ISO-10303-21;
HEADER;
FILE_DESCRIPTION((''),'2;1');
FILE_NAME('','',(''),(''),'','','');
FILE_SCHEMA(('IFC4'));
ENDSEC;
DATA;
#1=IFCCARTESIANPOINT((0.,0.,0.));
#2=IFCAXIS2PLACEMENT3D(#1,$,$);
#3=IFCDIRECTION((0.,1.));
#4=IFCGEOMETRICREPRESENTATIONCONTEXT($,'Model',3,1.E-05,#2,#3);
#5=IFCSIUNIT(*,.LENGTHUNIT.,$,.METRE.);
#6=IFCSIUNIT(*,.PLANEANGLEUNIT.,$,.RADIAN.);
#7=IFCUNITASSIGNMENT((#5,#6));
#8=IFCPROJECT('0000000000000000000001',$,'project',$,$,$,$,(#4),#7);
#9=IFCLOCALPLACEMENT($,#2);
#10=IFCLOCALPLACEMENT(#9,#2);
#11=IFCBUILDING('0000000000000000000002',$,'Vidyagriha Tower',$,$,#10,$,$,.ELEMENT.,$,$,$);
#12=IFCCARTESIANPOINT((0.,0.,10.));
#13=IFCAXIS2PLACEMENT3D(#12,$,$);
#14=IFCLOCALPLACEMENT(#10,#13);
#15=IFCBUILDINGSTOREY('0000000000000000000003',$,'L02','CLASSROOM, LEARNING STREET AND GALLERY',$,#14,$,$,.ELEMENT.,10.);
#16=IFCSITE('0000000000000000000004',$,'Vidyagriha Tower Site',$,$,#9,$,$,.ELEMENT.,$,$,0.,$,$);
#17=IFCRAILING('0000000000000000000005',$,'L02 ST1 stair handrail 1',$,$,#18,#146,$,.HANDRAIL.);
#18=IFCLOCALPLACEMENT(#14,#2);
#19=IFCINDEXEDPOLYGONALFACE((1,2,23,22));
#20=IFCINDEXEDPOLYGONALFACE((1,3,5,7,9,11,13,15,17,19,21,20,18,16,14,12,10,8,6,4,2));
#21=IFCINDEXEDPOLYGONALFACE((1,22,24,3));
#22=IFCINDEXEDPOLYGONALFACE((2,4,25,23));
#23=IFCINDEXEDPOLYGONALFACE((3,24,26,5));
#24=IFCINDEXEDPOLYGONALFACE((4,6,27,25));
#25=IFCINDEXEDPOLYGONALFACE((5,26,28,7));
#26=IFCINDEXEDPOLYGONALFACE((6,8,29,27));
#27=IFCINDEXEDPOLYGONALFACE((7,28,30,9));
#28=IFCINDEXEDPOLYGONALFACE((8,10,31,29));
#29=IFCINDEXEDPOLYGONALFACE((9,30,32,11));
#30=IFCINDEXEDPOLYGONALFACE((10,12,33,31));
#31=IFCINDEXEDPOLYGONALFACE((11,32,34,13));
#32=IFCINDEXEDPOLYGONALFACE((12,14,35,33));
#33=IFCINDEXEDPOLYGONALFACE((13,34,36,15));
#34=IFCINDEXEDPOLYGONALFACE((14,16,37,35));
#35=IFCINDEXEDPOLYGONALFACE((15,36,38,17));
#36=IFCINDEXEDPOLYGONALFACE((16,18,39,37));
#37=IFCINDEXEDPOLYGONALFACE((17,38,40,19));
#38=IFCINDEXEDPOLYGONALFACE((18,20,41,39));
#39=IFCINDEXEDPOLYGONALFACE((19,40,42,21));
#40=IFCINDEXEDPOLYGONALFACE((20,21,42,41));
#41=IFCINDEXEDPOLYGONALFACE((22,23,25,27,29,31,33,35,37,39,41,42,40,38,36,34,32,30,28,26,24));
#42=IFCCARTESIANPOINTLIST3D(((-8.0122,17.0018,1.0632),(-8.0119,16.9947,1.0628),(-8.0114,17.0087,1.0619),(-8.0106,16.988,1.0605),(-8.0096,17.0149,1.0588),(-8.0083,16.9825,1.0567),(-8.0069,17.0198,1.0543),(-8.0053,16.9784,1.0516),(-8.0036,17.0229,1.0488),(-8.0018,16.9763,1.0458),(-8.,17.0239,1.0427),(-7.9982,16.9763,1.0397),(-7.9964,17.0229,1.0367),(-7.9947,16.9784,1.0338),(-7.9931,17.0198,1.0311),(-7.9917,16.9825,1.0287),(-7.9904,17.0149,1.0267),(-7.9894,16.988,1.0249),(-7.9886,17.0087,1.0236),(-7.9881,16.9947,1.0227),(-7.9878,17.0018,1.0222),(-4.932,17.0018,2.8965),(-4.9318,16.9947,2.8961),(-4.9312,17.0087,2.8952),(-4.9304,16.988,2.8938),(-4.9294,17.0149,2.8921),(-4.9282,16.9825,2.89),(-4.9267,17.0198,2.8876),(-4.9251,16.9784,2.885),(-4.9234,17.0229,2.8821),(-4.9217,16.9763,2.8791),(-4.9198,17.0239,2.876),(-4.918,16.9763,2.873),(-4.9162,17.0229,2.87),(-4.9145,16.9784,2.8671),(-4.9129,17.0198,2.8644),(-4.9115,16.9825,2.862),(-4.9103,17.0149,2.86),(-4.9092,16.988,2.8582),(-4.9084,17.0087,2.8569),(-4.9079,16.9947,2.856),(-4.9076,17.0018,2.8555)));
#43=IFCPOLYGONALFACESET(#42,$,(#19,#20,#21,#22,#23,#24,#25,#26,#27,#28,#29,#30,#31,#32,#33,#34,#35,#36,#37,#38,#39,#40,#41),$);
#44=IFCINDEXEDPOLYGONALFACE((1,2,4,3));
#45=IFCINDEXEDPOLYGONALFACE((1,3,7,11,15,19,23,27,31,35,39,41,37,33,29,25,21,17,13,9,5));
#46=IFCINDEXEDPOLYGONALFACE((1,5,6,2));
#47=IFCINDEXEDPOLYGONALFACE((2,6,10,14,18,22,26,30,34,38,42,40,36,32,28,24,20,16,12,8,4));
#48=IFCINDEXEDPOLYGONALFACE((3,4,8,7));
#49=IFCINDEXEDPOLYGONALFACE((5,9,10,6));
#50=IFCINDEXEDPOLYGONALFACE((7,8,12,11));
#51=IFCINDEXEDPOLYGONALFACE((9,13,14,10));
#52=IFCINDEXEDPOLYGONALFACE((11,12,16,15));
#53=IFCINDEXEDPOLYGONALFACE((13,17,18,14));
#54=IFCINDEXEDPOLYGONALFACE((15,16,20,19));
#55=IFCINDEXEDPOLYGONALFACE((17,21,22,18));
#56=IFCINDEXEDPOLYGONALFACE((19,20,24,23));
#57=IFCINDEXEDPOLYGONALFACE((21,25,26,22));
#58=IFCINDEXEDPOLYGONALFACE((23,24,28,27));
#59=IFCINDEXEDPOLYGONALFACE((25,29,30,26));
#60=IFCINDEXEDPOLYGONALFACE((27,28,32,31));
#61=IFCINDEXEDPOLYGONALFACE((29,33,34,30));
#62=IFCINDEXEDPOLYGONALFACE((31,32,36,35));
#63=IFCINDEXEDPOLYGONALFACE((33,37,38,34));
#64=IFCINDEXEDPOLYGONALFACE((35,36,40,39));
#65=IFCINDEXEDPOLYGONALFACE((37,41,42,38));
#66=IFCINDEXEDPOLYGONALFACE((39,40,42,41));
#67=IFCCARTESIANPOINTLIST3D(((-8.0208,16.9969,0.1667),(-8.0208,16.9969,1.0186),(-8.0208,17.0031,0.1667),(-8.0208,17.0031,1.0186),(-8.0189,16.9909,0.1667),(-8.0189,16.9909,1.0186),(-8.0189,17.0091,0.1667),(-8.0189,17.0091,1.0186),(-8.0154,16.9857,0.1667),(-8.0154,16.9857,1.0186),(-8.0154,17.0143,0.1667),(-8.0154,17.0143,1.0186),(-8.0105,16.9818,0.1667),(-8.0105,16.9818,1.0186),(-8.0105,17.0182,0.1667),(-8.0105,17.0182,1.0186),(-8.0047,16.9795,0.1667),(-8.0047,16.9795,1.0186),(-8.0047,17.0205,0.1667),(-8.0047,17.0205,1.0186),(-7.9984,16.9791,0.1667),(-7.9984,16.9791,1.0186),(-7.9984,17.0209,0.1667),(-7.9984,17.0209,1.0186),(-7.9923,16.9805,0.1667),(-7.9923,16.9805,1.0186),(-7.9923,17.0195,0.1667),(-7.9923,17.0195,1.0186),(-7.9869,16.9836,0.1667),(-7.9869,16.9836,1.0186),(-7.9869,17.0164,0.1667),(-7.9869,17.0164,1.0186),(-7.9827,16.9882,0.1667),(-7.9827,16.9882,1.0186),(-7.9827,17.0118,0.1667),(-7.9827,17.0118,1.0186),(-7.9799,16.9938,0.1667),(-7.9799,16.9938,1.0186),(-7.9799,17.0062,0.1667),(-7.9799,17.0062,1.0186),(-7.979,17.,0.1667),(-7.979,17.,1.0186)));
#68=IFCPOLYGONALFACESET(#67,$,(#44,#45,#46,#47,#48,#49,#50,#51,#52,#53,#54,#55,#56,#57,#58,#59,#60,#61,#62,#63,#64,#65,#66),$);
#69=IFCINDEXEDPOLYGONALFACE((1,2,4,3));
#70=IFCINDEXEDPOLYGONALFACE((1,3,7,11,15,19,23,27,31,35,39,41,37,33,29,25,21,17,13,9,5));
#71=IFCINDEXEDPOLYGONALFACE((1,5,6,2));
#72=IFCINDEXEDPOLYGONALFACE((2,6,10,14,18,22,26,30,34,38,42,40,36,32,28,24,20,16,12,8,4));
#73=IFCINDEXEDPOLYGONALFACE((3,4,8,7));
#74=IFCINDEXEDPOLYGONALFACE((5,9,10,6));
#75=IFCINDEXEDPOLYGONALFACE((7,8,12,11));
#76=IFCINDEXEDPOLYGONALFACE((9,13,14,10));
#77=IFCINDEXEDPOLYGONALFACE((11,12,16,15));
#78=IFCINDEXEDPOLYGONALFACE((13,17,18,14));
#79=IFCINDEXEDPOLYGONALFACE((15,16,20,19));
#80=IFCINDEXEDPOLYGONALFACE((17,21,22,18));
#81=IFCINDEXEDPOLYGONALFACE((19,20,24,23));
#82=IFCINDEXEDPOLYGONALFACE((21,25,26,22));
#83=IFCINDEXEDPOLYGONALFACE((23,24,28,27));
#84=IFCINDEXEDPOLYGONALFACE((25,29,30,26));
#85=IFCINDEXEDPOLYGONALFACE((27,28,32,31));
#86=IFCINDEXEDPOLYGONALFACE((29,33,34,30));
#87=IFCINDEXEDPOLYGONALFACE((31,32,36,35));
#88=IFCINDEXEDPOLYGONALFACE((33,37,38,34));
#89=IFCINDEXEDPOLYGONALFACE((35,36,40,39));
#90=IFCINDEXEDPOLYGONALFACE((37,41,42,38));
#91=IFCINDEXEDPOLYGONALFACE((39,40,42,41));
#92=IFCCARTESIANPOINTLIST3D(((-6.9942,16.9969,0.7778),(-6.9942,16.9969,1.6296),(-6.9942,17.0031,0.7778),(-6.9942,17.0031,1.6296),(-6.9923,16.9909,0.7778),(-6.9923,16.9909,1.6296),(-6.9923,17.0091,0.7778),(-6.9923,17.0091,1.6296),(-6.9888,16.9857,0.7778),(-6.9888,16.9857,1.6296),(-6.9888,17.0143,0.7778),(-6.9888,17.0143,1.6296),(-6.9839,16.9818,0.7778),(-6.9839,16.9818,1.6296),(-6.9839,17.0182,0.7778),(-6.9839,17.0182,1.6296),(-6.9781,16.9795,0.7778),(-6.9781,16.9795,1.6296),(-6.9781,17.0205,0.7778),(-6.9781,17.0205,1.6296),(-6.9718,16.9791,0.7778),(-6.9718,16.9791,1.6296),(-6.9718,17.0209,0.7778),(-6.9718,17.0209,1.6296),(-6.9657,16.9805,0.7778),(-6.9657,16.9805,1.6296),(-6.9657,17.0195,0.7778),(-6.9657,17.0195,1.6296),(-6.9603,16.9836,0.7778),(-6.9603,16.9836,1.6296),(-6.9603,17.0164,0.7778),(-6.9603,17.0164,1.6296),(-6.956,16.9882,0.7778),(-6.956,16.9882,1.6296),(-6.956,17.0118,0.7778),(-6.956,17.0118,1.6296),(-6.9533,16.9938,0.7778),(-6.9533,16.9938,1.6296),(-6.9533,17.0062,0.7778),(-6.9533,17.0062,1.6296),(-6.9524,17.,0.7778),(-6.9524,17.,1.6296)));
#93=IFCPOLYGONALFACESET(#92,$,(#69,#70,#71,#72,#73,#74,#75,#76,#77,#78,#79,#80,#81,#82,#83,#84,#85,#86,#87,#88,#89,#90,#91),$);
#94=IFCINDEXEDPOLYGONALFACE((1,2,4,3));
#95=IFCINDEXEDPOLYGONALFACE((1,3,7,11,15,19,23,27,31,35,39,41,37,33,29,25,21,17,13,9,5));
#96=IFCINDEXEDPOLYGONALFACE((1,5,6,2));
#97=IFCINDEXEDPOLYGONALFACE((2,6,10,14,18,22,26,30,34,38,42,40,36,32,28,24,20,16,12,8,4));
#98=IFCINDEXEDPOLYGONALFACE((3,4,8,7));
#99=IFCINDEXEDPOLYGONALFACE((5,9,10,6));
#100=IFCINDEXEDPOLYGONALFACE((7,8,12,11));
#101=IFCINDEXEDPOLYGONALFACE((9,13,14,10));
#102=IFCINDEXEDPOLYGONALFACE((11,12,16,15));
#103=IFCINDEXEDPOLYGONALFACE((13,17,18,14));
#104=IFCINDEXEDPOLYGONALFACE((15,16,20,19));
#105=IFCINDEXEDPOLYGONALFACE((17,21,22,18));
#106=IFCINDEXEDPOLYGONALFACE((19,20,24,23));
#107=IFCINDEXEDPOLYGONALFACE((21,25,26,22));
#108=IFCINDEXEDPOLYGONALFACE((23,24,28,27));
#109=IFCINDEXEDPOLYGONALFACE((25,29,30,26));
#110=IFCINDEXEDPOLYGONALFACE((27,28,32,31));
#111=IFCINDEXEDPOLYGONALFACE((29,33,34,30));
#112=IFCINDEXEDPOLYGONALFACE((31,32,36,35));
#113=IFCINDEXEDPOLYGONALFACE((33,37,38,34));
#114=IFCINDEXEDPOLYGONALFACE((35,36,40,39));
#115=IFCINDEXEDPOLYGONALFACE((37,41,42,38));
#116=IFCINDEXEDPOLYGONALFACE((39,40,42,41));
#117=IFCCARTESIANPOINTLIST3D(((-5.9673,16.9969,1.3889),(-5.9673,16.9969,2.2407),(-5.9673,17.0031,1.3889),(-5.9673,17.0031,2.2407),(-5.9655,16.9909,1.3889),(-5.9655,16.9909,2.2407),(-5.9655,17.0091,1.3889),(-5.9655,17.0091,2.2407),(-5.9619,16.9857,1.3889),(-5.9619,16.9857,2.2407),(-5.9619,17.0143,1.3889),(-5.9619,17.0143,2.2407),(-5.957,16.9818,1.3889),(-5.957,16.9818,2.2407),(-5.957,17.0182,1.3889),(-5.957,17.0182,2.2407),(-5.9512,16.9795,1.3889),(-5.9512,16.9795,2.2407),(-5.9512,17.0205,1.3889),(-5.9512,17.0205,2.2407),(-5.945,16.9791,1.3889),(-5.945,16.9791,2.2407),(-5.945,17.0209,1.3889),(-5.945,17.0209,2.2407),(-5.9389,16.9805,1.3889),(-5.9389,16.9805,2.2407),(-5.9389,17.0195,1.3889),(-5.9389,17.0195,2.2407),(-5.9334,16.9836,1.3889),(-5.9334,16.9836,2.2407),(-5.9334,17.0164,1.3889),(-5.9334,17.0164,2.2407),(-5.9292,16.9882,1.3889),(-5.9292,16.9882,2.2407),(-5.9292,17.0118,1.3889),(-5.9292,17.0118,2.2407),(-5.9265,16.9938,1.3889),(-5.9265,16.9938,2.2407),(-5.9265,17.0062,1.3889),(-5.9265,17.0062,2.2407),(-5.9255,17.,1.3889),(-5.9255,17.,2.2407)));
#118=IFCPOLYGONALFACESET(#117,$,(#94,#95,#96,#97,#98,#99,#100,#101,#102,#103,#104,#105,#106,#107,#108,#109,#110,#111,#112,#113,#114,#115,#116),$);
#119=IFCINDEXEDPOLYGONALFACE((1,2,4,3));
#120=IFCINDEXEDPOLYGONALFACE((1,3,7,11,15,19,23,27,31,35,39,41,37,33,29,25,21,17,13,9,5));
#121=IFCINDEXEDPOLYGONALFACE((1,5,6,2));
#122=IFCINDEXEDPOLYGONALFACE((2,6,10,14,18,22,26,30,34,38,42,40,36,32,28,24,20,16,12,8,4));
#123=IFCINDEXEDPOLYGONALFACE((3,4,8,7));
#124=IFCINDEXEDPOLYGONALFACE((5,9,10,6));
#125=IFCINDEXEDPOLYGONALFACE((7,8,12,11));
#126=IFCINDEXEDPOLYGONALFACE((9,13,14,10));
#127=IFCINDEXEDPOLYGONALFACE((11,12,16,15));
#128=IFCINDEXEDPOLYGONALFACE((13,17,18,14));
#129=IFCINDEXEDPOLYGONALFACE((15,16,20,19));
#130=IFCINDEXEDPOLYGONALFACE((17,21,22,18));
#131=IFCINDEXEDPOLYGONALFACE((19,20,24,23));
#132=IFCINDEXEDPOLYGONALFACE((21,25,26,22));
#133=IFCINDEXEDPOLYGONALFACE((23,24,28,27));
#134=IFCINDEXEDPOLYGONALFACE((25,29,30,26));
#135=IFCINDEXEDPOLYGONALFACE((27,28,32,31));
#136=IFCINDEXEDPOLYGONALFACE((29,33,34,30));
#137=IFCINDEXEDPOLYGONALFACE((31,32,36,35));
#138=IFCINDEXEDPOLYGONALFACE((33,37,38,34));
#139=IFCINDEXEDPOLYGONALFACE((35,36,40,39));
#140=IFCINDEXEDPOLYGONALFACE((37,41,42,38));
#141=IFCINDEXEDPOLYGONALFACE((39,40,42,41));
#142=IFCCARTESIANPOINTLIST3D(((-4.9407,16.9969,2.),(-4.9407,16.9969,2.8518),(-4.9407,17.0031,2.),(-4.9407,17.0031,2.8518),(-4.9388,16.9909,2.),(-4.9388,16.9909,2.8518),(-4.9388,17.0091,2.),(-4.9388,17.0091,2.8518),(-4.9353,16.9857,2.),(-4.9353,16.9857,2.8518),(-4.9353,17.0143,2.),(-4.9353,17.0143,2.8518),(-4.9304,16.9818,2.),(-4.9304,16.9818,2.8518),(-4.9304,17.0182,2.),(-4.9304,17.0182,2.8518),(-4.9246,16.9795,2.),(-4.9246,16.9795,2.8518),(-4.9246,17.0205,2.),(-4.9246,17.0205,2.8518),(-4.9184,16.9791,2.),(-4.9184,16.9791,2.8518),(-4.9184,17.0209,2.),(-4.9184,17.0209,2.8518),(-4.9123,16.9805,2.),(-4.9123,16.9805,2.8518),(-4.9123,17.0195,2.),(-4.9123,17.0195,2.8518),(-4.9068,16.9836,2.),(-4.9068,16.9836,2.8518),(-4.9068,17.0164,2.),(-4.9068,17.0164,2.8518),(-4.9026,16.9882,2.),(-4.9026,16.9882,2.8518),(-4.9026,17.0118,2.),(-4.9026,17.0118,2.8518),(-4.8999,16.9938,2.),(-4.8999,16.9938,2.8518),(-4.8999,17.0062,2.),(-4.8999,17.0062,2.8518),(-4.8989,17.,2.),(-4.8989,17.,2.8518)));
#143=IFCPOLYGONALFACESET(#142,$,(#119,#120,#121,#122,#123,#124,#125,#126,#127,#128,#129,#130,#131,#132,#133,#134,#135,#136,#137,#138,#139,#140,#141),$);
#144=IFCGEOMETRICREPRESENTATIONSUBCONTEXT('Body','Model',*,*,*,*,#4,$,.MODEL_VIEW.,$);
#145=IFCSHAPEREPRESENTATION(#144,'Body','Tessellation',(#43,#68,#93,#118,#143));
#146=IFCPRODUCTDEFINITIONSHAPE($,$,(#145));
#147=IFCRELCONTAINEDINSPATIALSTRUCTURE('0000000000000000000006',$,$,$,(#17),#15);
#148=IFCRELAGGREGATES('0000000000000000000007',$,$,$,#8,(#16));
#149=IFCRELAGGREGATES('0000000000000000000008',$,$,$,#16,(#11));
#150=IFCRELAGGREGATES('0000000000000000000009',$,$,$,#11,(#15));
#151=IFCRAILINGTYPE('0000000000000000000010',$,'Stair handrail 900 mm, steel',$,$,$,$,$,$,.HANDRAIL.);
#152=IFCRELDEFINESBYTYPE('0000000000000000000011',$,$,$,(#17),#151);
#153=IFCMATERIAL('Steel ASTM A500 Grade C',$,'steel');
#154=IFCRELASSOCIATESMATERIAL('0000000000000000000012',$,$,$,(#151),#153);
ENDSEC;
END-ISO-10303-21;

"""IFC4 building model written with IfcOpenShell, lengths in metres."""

from ifc_helpers import new_model, si_unit, direction, frame, origin, origin_2d, place, context, subcontext, project, spatial, circle, extrude, material, type_object, element, save


model = new_model("IFC4")

# Units and contexts
model_context = context("Model", 3, precision=1e-05, world=origin(), true_north=direction((0.0, 1.0)))
body_context = subcontext(model_context, "Body", "Model", "MODEL_VIEW")
ifc_project = project(units=[si_unit("LENGTHUNIT", "METRE"), si_unit("PLANEANGLEUNIT", "RADIAN")], contexts=[model_context])

# Site, building, storey
site_placement = place(None, origin())
site = spatial("IfcSite", under=ifc_project, at=site_placement, Name="Vidyagriha Tower Site", CompositionType="ELEMENT", RefElevation=0.0)
building_placement = place(site_placement, origin())
building = spatial("IfcBuilding", under=site, at=building_placement, Name="Vidyagriha Tower", CompositionType="ELEMENT")
storey_placement = place(building_placement, frame((0.0, 0.0, 10.0)))
storey = spatial("IfcBuildingStorey", under=building, at=storey_placement, Name="L02", Description="CLASSROOM, LEARNING STREET AND GALLERY", CompositionType="ELEMENT", Elevation=10.0)

# Railing
ifc_material_1 = material(Name="Steel ASTM A500 Grade C", Category="steel")
railing_type_1 = type_object("IfcRailingType", Name="Stair handrail 900 mm, steel", PredefinedType="HANDRAIL", material=ifc_material_1)
railing_1_placement = place(storey_placement, frame((-8.0, 17.0, 0.1667)))
element("IfcRailing", 1, at=railing_1_placement, inside=storey, type_object=railing_type_1, Name="L02 ST1 stair handrail 1", PredefinedType="HANDRAIL", context=body_context, shape_type="SweptSolid", body=[
    extrude(circle(Radius=0.0239, at=origin_2d()), frame((0.0, 0.0, 0.876), z_axis=(0.859309, 0.0, 0.511458), x_axis=(0.0, 1.0, 0.0)), (0.0, 0.0, 1.0), 3.5845),
    extrude(circle(Radius=0.021, at=origin_2d()), origin(), (0.0, 0.0, 1.0), 0.8518),
    extrude(circle(Radius=0.021, at=origin_2d()), frame((1.0266, 0.0, 0.6111)), (0.0, 0.0, 1.0), 0.8518),
    extrude(circle(Radius=0.021, at=origin_2d()), frame((2.0535, 0.0, 1.2222)), (0.0, 0.0, 1.0), 0.8518),
    extrude(circle(Radius=0.021, at=origin_2d()), frame((3.0801, 0.0, 1.8333)), (0.0, 0.0, 1.0), 0.8518),
])

save(model, "model.ifc")
